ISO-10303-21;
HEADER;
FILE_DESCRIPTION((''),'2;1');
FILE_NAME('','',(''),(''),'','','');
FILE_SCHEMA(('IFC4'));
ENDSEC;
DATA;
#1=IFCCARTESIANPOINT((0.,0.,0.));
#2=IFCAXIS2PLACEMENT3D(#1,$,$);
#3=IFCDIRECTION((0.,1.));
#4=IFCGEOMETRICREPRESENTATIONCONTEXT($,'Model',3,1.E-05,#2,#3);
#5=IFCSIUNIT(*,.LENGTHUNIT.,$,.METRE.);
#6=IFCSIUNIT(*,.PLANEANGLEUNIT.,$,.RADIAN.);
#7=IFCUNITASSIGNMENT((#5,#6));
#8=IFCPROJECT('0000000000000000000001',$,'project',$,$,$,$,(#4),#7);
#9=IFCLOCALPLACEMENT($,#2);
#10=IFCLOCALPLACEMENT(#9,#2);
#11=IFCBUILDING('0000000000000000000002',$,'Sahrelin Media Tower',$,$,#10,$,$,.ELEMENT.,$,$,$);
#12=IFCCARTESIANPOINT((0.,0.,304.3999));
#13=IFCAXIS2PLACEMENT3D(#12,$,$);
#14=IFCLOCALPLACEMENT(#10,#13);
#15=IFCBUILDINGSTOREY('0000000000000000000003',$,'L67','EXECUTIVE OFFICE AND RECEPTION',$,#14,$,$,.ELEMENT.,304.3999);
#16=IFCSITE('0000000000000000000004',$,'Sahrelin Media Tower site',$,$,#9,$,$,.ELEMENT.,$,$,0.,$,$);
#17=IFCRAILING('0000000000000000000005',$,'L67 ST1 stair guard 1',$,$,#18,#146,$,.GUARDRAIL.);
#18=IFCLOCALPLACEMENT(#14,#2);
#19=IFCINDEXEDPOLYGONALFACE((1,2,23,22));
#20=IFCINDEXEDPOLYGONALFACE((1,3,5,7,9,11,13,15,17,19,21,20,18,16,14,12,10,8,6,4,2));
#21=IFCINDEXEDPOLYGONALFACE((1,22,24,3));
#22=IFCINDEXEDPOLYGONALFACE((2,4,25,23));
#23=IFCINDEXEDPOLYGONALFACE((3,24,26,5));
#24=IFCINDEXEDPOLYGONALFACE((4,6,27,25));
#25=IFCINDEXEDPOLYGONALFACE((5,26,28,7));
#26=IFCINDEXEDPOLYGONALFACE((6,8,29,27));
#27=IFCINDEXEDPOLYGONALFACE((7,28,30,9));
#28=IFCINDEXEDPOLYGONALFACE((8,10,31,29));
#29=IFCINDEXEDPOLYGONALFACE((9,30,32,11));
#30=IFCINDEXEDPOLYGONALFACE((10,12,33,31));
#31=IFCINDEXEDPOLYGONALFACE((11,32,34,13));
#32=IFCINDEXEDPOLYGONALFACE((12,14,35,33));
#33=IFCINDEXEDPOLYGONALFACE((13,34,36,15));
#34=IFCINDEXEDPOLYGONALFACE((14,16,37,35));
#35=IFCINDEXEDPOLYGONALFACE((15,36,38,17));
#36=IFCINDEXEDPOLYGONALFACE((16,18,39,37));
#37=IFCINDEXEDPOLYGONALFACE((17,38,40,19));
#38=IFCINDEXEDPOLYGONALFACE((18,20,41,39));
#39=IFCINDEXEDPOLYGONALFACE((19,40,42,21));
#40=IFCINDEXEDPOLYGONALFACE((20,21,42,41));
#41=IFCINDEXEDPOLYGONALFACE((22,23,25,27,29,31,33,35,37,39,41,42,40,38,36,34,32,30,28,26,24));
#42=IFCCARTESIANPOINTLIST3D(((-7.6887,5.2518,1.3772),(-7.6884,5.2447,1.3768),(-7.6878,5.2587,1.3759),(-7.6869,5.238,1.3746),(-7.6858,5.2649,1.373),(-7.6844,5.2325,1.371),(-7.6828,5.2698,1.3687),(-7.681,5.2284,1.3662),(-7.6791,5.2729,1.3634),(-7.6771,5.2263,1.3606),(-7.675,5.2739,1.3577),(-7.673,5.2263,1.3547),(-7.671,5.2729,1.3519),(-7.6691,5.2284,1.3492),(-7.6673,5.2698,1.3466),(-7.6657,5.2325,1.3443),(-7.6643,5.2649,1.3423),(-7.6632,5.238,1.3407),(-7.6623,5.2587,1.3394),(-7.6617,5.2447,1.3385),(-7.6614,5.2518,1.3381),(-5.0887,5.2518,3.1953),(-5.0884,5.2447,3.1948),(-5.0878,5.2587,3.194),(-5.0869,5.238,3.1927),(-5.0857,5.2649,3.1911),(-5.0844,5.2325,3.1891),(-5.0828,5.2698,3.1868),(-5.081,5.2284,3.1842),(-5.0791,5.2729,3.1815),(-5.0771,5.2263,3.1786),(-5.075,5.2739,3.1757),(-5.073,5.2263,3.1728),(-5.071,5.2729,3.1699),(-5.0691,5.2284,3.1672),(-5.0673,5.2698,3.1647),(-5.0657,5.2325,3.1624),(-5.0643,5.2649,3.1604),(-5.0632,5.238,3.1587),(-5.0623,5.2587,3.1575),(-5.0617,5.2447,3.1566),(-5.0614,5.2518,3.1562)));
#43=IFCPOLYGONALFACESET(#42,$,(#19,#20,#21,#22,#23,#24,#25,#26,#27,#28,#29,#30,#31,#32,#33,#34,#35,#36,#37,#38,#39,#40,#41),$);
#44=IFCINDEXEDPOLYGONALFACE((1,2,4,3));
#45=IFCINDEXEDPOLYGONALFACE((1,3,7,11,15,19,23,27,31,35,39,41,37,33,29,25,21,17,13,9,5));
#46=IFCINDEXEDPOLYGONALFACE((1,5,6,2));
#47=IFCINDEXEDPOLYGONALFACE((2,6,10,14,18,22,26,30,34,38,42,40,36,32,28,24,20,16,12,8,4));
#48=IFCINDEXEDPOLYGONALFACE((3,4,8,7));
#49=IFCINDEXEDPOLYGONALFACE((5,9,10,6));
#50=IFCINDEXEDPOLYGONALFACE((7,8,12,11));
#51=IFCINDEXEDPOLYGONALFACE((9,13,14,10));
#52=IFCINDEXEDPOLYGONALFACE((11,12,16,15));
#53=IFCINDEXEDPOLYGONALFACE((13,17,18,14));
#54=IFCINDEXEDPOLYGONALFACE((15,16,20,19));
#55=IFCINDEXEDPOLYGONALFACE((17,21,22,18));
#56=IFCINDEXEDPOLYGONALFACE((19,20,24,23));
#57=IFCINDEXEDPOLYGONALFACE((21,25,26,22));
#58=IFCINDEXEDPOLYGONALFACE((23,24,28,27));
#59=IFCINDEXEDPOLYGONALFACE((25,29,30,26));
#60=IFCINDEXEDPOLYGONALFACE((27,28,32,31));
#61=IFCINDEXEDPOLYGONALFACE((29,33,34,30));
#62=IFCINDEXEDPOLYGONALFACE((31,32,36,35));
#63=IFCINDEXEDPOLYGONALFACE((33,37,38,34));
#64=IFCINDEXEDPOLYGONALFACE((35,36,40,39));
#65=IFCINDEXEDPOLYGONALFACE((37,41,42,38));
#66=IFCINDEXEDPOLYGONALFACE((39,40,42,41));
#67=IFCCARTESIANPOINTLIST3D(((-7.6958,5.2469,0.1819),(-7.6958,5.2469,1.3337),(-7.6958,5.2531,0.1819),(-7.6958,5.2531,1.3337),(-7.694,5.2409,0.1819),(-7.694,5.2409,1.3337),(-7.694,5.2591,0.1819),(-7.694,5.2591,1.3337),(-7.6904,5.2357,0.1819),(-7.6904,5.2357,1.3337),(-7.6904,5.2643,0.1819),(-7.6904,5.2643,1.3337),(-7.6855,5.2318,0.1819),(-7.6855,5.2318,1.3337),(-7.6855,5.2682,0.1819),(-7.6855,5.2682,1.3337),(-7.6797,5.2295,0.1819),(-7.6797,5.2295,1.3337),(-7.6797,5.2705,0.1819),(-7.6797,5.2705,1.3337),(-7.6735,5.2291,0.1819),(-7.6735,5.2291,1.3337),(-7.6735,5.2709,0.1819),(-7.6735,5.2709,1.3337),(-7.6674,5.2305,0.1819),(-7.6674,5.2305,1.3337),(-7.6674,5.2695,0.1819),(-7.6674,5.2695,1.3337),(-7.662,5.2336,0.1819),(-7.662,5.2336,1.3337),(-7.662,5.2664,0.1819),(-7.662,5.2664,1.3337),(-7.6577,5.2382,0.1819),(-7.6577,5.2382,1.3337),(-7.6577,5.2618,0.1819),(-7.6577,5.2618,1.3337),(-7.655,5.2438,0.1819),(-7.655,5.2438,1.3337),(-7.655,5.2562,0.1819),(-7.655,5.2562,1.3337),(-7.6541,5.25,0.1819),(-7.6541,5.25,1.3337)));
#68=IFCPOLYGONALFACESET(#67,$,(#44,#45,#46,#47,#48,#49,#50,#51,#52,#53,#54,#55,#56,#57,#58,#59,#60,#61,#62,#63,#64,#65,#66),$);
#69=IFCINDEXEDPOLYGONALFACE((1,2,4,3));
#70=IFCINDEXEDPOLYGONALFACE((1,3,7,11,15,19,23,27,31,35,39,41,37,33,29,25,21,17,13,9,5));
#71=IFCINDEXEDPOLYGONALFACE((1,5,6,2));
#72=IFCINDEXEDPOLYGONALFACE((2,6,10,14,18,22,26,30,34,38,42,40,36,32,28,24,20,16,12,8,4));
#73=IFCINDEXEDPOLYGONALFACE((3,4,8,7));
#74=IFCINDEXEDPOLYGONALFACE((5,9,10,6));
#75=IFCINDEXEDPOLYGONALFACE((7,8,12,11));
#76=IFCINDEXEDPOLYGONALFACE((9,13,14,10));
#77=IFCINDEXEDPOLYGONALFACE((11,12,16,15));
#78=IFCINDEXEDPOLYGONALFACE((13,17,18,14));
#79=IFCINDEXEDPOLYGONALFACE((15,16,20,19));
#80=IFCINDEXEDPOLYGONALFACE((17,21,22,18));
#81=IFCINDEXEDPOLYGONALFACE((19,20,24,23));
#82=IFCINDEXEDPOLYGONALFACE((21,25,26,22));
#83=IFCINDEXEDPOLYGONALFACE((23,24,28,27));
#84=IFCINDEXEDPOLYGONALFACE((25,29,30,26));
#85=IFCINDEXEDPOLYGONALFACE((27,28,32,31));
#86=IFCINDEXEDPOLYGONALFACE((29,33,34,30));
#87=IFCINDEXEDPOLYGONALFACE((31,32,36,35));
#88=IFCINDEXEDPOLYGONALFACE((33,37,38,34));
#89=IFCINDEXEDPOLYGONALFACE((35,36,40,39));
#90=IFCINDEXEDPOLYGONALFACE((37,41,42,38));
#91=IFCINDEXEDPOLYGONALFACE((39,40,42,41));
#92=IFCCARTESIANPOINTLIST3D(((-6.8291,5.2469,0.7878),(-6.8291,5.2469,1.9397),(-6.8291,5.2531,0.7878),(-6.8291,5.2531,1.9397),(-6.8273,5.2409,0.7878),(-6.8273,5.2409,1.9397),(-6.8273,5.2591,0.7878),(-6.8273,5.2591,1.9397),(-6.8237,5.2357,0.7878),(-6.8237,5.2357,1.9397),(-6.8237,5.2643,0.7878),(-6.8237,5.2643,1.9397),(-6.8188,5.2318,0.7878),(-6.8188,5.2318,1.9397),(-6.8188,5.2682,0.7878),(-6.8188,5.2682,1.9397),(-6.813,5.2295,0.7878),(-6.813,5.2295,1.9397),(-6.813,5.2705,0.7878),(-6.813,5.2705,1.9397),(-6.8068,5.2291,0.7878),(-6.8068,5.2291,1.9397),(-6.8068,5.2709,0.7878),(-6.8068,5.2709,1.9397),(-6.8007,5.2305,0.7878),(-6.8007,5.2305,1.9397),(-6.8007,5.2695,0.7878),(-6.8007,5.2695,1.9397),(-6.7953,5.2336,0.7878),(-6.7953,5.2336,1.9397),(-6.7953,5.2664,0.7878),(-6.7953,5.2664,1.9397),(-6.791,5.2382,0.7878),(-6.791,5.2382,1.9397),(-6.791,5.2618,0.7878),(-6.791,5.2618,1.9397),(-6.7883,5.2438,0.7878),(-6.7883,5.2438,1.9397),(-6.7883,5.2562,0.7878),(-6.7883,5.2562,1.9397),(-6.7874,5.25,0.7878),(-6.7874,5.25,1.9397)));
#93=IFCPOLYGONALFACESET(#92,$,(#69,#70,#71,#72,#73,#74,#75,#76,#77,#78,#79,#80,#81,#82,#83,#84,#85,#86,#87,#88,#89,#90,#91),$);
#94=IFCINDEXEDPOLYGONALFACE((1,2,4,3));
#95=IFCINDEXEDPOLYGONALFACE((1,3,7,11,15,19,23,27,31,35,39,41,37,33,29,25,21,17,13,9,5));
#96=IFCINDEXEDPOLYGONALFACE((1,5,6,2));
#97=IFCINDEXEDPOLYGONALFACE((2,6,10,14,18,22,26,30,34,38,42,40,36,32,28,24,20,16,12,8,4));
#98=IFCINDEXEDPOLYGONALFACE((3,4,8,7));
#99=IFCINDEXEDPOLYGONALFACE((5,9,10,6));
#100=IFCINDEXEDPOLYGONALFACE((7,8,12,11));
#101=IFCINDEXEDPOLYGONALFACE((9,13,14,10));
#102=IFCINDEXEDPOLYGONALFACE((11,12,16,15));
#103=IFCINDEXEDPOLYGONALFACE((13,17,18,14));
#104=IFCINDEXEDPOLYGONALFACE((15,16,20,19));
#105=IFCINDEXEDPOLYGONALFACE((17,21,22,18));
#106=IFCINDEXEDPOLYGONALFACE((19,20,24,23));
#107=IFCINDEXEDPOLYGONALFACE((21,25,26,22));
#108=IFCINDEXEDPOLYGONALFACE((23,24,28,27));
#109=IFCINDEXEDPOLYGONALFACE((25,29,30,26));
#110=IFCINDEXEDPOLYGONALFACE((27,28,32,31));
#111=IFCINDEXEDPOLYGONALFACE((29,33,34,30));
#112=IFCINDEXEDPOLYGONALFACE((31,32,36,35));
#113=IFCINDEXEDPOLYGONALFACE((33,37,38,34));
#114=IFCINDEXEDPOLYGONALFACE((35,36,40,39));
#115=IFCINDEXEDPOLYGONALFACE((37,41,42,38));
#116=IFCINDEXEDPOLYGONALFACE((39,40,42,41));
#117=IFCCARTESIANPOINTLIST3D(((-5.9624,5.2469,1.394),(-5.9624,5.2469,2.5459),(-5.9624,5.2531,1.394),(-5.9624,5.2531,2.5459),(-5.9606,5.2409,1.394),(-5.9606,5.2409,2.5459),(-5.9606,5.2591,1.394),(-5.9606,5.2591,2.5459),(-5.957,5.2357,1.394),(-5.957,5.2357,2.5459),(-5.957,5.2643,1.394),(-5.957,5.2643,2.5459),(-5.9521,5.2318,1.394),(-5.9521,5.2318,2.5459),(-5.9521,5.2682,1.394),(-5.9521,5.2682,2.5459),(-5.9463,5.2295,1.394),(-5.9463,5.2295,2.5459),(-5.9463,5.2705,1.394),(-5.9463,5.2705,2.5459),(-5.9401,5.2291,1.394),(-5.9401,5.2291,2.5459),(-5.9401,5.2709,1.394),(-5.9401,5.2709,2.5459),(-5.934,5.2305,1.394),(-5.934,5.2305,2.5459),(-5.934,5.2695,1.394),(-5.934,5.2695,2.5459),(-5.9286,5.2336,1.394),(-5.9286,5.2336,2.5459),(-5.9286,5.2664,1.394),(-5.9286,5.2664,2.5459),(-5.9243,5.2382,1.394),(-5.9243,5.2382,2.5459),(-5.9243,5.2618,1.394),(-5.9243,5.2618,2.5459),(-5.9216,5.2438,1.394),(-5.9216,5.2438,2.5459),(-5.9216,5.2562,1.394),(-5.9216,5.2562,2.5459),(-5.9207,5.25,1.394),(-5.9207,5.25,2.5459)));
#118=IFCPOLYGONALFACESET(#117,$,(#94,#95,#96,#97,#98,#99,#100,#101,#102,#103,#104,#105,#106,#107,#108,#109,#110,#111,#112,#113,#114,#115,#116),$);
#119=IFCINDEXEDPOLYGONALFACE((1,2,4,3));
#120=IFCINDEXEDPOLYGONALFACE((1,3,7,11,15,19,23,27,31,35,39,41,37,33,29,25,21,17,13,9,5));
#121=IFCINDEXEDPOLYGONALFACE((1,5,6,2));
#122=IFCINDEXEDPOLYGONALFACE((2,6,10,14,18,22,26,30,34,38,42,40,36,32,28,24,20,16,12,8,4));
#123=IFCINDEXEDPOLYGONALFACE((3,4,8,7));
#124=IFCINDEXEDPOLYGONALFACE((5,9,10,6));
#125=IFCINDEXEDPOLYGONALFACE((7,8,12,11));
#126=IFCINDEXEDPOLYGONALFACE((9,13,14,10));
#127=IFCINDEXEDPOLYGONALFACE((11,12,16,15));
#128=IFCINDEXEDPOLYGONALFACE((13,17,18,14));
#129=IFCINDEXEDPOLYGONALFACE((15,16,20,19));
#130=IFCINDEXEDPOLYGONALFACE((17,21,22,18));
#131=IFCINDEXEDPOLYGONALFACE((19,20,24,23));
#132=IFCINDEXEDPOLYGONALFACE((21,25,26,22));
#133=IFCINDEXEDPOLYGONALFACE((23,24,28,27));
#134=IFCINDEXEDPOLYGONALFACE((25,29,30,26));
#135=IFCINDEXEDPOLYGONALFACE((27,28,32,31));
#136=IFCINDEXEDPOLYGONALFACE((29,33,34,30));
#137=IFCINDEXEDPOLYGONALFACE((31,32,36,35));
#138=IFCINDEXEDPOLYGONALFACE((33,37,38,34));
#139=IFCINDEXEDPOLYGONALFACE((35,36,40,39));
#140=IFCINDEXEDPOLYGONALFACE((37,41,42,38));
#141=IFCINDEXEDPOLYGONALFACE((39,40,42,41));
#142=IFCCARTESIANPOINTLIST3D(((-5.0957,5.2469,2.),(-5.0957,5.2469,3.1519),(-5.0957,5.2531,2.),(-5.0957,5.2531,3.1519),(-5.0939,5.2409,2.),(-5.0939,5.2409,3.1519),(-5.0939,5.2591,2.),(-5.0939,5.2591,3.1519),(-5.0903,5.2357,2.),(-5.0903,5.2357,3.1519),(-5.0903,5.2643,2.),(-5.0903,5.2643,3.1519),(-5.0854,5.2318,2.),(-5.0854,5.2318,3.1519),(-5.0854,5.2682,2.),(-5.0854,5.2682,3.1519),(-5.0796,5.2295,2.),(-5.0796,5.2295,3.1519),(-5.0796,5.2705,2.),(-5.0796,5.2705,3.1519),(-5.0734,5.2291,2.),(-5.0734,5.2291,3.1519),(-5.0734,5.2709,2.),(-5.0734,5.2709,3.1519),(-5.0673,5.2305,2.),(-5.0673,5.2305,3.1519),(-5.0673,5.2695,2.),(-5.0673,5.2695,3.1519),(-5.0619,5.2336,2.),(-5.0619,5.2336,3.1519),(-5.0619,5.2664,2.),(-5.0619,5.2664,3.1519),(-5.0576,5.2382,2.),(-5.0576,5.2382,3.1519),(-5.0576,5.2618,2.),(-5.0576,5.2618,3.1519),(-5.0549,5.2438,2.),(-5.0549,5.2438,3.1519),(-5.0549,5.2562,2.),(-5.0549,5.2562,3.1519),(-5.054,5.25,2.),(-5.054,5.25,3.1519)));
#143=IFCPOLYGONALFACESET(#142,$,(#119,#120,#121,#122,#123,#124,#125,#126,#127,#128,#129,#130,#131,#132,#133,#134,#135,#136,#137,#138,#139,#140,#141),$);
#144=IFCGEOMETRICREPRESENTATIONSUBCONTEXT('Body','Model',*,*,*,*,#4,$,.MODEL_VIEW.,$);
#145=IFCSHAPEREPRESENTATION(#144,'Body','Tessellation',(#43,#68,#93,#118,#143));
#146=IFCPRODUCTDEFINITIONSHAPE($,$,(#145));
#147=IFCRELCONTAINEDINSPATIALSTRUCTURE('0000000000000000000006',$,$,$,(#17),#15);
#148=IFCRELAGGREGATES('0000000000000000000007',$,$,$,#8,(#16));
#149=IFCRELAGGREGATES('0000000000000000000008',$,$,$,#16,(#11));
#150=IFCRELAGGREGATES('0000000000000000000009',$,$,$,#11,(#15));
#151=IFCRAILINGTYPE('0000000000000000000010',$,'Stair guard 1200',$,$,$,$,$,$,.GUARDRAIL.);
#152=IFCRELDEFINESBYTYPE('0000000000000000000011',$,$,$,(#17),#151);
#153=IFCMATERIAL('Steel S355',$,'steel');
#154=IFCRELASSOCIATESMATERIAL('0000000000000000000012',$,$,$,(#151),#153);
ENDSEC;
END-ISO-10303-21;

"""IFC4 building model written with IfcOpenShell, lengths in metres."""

from ifc_helpers import new_model, si_unit, direction, frame, origin, origin_2d, place, context, subcontext, project, spatial, circle, extrude, material, type_object, element, save


model = new_model("IFC4")

# Units and contexts
model_context = context("Model", 3, precision=1e-05, world=origin(), true_north=direction((0.0, 1.0)))
body_context = subcontext(model_context, "Body", "Model", "MODEL_VIEW")
ifc_project = project(units=[si_unit("LENGTHUNIT", "METRE"), si_unit("PLANEANGLEUNIT", "RADIAN")], contexts=[model_context])

# Site, building, storey
site_placement = place(None, origin())
site = spatial("IfcSite", under=ifc_project, at=site_placement, Name="Sahrelin Media Tower site", CompositionType="ELEMENT", RefElevation=0.0)
building_placement = place(site_placement, origin())
building = spatial("IfcBuilding", under=site, at=building_placement, Name="Sahrelin Media Tower", CompositionType="ELEMENT")
storey_placement = place(building_placement, frame((0.0, 0.0, 304.3999)))
storey = spatial("IfcBuildingStorey", under=building, at=storey_placement, Name="L67", Description="EXECUTIVE OFFICE AND RECEPTION", CompositionType="ELEMENT", Elevation=304.3999)

# Shared definitions
ifc_material_1 = material(Name="Steel S355", Category="steel")

# Railing
railing_type_1 = type_object("IfcRailingType", Name="Stair guard 1200", PredefinedType="GUARDRAIL", material=ifc_material_1)
railing_1_placement = place(storey_placement, frame((-7.675, 5.25, 0.1819)))
element("IfcRailing", 1, at=railing_1_placement, inside=storey, type_object=railing_type_1, Name="L67 ST1 stair guard 1", PredefinedType="GUARDRAIL", context=body_context, shape_type="SweptSolid", body=[
    extrude(circle(Radius=0.0239, at=origin_2d()), frame((0.0, 0.0, 1.1758), z_axis=(0.819521, 0.0, 0.573049), x_axis=(0.0, 1.0, 0.0)), (0.0, 0.0, 1.0), 3.1726),
    extrude(circle(Radius=0.021, at=origin_2d()), origin(), (0.0, 0.0, 1.0), 1.1519),
    extrude(circle(Radius=0.021, at=origin_2d()), frame((0.8667, 0.0, 0.606)), (0.0, 0.0, 1.0), 1.1519),
    extrude(circle(Radius=0.021, at=origin_2d()), frame((1.7334, 0.0, 1.2122)), (0.0, 0.0, 1.0), 1.1519),
    extrude(circle(Radius=0.021, at=origin_2d()), frame((2.6001, 0.0, 1.8181)), (0.0, 0.0, 1.0), 1.1519),
])

save(model, "model.ifc")
